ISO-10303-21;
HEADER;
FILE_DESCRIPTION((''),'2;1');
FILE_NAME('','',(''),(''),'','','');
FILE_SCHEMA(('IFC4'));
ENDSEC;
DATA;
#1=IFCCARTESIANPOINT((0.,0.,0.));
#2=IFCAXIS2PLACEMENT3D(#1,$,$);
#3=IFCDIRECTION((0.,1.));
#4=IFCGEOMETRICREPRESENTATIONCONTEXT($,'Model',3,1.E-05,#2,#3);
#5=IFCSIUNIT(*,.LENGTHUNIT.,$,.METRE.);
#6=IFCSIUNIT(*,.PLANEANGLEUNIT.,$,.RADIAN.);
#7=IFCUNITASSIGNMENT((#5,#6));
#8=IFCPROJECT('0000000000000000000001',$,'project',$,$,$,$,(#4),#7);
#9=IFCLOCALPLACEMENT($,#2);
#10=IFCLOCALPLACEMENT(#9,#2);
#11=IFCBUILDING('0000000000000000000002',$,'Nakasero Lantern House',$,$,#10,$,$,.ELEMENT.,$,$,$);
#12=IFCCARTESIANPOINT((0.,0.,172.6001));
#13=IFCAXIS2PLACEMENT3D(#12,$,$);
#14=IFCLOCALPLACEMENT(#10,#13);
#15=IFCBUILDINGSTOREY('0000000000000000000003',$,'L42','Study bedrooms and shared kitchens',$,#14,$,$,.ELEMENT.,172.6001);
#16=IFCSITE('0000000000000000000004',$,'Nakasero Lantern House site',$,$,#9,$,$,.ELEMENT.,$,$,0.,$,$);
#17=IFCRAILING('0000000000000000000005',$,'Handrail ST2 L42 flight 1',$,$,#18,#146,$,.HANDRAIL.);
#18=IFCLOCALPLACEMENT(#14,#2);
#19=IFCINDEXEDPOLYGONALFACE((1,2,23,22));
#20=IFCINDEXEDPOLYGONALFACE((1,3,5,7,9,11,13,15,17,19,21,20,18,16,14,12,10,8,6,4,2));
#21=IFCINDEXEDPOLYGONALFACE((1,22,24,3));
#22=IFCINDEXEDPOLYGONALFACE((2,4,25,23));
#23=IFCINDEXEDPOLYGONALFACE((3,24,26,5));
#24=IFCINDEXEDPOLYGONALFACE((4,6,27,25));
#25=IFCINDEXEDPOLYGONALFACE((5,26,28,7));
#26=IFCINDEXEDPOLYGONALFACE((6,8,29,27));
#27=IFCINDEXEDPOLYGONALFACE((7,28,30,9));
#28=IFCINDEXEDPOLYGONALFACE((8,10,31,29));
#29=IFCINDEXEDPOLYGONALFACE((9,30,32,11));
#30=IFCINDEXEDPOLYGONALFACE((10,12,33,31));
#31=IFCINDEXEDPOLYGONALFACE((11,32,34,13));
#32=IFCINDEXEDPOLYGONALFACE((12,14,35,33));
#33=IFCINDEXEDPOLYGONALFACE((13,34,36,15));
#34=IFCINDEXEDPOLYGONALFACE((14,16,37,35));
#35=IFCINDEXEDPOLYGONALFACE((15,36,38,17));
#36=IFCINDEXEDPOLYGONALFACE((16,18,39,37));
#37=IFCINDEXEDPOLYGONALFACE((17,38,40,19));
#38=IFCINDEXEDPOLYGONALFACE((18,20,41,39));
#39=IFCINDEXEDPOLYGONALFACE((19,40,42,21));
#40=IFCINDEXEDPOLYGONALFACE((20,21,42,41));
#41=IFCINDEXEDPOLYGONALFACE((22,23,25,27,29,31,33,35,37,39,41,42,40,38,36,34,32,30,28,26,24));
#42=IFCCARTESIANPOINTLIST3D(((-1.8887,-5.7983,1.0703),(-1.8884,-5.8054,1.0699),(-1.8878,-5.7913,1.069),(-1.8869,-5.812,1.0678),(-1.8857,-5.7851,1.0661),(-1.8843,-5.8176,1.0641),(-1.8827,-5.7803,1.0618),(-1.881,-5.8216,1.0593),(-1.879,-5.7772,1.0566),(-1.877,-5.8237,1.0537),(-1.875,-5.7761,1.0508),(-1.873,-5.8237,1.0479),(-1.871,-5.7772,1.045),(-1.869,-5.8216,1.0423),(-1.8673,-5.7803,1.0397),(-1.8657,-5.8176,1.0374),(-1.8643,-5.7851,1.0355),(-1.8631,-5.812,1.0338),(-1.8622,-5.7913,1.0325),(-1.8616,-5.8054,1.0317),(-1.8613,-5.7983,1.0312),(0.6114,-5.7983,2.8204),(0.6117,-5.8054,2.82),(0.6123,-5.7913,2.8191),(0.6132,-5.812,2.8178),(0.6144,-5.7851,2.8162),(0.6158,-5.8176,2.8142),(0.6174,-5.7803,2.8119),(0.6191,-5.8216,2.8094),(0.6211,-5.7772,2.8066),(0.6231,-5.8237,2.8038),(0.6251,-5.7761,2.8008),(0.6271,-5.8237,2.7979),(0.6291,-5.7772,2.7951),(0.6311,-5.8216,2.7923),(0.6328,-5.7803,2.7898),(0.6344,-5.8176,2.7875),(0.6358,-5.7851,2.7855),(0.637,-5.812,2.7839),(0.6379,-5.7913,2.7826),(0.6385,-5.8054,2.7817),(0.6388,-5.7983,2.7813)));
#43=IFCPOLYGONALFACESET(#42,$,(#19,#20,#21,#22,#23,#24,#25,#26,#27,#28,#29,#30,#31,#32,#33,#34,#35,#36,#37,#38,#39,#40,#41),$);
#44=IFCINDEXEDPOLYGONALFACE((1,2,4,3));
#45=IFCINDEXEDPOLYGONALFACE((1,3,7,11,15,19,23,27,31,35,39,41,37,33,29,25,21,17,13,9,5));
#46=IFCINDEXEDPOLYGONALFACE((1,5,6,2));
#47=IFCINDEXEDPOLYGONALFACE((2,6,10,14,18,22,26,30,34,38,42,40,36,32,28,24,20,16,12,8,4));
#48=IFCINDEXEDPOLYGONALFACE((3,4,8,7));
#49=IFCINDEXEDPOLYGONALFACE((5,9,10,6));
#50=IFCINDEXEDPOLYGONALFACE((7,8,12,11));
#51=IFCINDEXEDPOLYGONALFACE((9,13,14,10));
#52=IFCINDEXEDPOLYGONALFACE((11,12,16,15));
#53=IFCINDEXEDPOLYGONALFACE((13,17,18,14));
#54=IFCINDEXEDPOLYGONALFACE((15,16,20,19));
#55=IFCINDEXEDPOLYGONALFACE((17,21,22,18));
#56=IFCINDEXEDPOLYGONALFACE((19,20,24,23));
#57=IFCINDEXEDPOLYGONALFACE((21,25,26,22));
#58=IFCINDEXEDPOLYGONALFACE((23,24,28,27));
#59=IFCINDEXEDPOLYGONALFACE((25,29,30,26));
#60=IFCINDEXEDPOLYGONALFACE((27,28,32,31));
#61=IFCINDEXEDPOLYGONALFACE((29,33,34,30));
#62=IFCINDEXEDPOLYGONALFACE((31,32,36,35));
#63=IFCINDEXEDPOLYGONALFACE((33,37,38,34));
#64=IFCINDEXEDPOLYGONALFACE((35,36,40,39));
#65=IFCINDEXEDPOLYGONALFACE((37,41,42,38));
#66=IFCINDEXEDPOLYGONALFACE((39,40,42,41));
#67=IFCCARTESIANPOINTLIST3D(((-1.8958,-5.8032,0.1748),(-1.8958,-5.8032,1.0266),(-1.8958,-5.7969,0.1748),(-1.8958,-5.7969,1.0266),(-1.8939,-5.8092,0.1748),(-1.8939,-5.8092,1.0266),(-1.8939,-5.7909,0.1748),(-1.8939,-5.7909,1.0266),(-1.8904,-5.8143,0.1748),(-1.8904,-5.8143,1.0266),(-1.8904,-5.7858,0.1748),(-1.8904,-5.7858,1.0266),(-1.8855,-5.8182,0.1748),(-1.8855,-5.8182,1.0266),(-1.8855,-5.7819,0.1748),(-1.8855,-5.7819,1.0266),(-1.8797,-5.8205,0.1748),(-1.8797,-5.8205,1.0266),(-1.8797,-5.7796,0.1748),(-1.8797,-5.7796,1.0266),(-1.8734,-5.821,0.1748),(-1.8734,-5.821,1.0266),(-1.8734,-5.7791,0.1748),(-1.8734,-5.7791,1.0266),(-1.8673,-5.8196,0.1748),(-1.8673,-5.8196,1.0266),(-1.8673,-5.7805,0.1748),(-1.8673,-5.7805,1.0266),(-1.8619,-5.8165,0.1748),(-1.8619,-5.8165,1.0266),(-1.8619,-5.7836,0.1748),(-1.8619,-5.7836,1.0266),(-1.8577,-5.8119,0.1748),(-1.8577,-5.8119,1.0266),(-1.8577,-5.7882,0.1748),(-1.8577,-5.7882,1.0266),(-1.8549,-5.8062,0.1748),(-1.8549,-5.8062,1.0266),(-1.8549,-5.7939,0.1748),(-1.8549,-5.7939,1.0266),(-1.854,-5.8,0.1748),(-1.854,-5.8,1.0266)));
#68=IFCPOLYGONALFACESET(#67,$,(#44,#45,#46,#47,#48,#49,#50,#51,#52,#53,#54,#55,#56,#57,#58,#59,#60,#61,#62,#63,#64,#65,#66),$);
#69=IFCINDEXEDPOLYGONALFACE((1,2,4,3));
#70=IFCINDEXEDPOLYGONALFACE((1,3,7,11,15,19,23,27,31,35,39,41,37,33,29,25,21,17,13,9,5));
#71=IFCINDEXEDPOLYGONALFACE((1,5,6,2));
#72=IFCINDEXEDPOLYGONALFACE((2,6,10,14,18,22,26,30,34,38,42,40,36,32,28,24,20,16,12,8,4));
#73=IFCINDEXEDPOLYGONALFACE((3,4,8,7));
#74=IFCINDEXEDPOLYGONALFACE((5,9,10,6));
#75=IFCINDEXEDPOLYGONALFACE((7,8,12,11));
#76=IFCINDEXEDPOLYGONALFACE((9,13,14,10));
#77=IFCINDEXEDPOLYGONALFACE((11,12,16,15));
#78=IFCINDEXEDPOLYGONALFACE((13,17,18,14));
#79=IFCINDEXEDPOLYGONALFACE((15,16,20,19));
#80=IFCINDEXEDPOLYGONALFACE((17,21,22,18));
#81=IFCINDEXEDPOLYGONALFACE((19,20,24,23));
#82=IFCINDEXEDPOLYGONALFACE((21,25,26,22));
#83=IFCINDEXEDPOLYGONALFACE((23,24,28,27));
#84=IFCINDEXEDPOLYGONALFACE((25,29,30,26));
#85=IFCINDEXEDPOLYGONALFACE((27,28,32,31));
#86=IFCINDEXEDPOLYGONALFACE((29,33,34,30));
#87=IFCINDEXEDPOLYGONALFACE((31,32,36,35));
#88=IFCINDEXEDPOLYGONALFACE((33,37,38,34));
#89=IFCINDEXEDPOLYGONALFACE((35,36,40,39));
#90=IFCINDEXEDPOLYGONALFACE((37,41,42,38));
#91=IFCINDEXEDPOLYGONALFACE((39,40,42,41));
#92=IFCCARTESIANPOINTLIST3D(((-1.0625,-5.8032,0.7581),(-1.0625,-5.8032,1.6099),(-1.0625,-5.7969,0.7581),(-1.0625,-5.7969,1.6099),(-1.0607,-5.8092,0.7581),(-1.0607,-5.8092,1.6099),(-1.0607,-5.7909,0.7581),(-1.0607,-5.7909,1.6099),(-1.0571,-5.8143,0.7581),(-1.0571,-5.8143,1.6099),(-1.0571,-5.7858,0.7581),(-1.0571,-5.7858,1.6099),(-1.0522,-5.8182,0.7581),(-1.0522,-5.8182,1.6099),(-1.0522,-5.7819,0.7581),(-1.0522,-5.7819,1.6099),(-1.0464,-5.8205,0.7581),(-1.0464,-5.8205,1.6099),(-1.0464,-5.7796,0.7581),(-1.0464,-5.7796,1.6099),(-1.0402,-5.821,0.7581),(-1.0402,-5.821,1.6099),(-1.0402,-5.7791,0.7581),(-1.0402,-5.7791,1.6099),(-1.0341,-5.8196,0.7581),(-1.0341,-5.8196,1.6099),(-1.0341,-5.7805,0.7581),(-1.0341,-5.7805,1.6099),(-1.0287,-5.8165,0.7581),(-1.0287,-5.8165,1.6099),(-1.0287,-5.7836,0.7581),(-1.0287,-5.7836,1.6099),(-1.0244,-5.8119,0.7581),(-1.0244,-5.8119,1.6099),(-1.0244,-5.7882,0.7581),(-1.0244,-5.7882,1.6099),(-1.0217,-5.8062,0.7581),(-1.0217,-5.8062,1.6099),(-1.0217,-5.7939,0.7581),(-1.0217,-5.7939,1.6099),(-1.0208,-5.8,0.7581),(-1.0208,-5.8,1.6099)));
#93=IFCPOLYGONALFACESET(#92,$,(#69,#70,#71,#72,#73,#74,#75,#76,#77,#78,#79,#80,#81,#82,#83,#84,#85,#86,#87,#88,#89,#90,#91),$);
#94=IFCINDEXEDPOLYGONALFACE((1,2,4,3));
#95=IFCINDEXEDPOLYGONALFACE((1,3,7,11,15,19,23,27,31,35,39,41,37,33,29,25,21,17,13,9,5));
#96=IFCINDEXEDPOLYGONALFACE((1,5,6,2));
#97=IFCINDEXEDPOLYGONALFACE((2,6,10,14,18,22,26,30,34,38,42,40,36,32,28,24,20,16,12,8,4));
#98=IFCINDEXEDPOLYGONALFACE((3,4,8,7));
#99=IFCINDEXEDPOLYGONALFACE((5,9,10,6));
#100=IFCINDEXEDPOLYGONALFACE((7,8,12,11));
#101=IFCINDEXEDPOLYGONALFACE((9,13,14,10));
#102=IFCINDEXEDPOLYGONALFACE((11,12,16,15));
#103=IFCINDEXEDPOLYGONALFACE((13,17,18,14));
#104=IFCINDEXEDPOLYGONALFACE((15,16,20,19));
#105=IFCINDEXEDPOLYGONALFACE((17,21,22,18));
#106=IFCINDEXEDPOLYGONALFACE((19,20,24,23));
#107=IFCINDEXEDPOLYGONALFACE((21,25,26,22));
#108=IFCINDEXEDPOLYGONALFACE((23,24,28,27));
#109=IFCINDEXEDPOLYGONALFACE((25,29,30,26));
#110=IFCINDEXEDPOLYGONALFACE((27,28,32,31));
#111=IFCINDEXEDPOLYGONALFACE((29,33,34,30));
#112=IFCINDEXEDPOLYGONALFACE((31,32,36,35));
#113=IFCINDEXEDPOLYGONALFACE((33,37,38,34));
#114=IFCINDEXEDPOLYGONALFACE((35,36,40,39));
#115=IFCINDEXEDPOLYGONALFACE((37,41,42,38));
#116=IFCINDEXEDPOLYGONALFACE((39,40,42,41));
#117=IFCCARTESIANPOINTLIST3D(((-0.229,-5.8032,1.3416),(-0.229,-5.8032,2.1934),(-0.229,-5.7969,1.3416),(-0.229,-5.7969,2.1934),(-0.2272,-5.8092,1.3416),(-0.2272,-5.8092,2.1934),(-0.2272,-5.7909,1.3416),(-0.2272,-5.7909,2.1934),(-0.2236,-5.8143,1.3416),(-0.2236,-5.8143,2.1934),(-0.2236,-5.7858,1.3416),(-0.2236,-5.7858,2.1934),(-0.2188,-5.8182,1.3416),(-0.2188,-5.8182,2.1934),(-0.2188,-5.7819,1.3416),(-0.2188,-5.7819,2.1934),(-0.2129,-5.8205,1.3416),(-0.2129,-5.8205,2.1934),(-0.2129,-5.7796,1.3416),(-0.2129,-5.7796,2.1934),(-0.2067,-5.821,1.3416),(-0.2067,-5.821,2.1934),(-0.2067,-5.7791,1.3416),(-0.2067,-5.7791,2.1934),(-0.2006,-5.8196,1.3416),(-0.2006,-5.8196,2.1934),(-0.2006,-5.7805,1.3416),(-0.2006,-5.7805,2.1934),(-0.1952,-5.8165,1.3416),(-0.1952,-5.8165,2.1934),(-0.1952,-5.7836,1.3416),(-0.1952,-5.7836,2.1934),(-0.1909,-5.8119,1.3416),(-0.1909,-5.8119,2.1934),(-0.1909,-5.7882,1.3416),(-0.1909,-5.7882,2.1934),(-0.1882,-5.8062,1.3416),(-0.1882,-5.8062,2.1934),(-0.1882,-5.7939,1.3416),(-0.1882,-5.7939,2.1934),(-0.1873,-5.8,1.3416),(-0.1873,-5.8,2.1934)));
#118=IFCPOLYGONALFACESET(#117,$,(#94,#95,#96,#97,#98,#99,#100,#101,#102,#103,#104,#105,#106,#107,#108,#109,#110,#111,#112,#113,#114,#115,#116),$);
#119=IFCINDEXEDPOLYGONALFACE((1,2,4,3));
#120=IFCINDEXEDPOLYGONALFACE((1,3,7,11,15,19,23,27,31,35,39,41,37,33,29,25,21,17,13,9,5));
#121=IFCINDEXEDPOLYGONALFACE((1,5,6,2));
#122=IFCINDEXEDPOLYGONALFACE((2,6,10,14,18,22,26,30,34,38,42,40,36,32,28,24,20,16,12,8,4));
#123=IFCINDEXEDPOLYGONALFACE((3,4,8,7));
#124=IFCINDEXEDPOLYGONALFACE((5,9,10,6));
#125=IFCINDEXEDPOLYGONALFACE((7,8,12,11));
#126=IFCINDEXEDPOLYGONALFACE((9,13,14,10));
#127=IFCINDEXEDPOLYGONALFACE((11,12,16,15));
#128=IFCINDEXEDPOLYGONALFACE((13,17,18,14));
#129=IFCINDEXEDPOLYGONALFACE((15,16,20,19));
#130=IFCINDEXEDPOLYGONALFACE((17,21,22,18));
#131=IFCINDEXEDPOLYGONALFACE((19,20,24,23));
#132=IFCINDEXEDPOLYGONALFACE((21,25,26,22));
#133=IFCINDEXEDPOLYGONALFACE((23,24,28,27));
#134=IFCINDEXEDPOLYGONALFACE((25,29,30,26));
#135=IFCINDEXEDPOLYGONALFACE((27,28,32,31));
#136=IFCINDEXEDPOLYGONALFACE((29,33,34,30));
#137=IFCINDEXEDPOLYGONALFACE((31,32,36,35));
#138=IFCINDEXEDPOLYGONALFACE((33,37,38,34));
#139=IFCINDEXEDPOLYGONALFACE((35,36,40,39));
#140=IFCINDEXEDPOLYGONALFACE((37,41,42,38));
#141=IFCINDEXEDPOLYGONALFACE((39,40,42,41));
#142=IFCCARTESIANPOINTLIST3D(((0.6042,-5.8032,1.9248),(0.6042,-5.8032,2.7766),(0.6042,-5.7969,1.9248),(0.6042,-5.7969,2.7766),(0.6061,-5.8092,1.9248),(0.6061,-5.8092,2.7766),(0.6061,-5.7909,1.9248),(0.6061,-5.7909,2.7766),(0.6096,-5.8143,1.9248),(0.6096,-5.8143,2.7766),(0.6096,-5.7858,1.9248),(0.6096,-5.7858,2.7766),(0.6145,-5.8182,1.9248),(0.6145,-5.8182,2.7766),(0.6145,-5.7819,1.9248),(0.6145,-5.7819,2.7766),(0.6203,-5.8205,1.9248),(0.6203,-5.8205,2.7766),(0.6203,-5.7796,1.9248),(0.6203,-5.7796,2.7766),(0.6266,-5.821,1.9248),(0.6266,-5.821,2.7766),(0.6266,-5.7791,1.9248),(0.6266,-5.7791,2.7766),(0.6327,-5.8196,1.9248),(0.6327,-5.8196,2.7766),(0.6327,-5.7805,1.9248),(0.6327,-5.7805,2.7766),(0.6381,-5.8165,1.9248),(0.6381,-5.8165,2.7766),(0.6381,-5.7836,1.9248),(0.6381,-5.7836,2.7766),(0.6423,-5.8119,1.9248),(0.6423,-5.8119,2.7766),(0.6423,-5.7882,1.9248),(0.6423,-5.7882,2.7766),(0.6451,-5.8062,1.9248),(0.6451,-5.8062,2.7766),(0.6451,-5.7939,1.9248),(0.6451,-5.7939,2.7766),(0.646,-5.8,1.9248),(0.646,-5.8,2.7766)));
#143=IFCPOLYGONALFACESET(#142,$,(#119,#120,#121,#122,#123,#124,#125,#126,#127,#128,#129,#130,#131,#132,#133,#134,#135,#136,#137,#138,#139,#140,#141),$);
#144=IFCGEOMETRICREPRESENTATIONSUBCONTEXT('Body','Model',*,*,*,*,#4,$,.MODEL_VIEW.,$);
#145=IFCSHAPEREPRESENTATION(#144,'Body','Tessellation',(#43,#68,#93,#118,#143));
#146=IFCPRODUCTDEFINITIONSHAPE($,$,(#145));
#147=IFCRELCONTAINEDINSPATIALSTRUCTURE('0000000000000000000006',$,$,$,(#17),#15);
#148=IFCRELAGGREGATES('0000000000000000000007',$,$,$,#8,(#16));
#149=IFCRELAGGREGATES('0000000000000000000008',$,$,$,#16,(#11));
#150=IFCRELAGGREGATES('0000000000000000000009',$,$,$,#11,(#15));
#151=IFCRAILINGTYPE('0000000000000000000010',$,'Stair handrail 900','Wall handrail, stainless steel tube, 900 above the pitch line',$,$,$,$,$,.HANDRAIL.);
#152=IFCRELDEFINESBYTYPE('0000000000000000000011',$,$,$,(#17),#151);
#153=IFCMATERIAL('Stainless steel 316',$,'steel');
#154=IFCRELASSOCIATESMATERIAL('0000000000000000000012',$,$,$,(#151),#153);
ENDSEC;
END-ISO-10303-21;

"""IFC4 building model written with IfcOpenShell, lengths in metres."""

from ifc_helpers import new_model, si_unit, direction, frame, origin, origin_2d, place, context, subcontext, project, spatial, circle, extrude, material, type_object, element, save


model = new_model("IFC4")

# Units and contexts
model_context = context("Model", 3, precision=1e-05, world=origin(), true_north=direction((0.0, 1.0)))
body_context = subcontext(model_context, "Body", "Model", "MODEL_VIEW")
ifc_project = project(units=[si_unit("LENGTHUNIT", "METRE"), si_unit("PLANEANGLEUNIT", "RADIAN")], contexts=[model_context])

# Site, building, storey
site_placement = place(None, origin())
site = spatial("IfcSite", under=ifc_project, at=site_placement, Name="Nakasero Lantern House site", CompositionType="ELEMENT", RefElevation=0.0)
building_placement = place(site_placement, origin())
building = spatial("IfcBuilding", under=site, at=building_placement, Name="Nakasero Lantern House", CompositionType="ELEMENT")
storey_placement = place(building_placement, frame((0.0, 0.0, 172.6001)))
storey = spatial("IfcBuildingStorey", under=building, at=storey_placement, Name="L42", Description="Study bedrooms and shared kitchens", CompositionType="ELEMENT", Elevation=172.6001)

# Railing
ifc_material_1 = material(Name="Stainless steel 316", Category="steel")
railing_type = type_object("IfcRailingType", Name="Stair handrail 900", Description="Wall handrail, stainless steel tube, 900 above the pitch line", PredefinedType="HANDRAIL", material=ifc_material_1)
railing_placement = place(storey_placement, frame((-1.875, -5.8, 0.1748)))
element("IfcRailing", 1, at=railing_placement, inside=storey, type_object=railing_type, Name="Handrail ST2 L42 flight 1", PredefinedType="HANDRAIL", context=body_context, shape_type="SweptSolid", body=[
    extrude(circle(Radius=0.0239, at=origin_2d()), frame((0.0, 0.0, 0.876), z_axis=(0.819232, 0.0, 0.573462), x_axis=(0.0, 1.0, 0.0)), (0.0, 0.0, 1.0), 3.0518),
    extrude(circle(Radius=0.021, at=origin_2d()), origin(), (0.0, 0.0, 1.0), 0.8518),
    extrude(circle(Radius=0.021, at=origin_2d()), frame((0.8333, 0.0, 0.5833)), (0.0, 0.0, 1.0), 0.8518),
    extrude(circle(Radius=0.021, at=origin_2d()), frame((1.6667, 0.0, 1.1667)), (0.0, 0.0, 1.0), 0.8518),
    extrude(circle(Radius=0.021, at=origin_2d()), frame((2.5, 0.0, 1.75)), (0.0, 0.0, 1.0), 0.8518),
])

save(model, "model.ifc")
